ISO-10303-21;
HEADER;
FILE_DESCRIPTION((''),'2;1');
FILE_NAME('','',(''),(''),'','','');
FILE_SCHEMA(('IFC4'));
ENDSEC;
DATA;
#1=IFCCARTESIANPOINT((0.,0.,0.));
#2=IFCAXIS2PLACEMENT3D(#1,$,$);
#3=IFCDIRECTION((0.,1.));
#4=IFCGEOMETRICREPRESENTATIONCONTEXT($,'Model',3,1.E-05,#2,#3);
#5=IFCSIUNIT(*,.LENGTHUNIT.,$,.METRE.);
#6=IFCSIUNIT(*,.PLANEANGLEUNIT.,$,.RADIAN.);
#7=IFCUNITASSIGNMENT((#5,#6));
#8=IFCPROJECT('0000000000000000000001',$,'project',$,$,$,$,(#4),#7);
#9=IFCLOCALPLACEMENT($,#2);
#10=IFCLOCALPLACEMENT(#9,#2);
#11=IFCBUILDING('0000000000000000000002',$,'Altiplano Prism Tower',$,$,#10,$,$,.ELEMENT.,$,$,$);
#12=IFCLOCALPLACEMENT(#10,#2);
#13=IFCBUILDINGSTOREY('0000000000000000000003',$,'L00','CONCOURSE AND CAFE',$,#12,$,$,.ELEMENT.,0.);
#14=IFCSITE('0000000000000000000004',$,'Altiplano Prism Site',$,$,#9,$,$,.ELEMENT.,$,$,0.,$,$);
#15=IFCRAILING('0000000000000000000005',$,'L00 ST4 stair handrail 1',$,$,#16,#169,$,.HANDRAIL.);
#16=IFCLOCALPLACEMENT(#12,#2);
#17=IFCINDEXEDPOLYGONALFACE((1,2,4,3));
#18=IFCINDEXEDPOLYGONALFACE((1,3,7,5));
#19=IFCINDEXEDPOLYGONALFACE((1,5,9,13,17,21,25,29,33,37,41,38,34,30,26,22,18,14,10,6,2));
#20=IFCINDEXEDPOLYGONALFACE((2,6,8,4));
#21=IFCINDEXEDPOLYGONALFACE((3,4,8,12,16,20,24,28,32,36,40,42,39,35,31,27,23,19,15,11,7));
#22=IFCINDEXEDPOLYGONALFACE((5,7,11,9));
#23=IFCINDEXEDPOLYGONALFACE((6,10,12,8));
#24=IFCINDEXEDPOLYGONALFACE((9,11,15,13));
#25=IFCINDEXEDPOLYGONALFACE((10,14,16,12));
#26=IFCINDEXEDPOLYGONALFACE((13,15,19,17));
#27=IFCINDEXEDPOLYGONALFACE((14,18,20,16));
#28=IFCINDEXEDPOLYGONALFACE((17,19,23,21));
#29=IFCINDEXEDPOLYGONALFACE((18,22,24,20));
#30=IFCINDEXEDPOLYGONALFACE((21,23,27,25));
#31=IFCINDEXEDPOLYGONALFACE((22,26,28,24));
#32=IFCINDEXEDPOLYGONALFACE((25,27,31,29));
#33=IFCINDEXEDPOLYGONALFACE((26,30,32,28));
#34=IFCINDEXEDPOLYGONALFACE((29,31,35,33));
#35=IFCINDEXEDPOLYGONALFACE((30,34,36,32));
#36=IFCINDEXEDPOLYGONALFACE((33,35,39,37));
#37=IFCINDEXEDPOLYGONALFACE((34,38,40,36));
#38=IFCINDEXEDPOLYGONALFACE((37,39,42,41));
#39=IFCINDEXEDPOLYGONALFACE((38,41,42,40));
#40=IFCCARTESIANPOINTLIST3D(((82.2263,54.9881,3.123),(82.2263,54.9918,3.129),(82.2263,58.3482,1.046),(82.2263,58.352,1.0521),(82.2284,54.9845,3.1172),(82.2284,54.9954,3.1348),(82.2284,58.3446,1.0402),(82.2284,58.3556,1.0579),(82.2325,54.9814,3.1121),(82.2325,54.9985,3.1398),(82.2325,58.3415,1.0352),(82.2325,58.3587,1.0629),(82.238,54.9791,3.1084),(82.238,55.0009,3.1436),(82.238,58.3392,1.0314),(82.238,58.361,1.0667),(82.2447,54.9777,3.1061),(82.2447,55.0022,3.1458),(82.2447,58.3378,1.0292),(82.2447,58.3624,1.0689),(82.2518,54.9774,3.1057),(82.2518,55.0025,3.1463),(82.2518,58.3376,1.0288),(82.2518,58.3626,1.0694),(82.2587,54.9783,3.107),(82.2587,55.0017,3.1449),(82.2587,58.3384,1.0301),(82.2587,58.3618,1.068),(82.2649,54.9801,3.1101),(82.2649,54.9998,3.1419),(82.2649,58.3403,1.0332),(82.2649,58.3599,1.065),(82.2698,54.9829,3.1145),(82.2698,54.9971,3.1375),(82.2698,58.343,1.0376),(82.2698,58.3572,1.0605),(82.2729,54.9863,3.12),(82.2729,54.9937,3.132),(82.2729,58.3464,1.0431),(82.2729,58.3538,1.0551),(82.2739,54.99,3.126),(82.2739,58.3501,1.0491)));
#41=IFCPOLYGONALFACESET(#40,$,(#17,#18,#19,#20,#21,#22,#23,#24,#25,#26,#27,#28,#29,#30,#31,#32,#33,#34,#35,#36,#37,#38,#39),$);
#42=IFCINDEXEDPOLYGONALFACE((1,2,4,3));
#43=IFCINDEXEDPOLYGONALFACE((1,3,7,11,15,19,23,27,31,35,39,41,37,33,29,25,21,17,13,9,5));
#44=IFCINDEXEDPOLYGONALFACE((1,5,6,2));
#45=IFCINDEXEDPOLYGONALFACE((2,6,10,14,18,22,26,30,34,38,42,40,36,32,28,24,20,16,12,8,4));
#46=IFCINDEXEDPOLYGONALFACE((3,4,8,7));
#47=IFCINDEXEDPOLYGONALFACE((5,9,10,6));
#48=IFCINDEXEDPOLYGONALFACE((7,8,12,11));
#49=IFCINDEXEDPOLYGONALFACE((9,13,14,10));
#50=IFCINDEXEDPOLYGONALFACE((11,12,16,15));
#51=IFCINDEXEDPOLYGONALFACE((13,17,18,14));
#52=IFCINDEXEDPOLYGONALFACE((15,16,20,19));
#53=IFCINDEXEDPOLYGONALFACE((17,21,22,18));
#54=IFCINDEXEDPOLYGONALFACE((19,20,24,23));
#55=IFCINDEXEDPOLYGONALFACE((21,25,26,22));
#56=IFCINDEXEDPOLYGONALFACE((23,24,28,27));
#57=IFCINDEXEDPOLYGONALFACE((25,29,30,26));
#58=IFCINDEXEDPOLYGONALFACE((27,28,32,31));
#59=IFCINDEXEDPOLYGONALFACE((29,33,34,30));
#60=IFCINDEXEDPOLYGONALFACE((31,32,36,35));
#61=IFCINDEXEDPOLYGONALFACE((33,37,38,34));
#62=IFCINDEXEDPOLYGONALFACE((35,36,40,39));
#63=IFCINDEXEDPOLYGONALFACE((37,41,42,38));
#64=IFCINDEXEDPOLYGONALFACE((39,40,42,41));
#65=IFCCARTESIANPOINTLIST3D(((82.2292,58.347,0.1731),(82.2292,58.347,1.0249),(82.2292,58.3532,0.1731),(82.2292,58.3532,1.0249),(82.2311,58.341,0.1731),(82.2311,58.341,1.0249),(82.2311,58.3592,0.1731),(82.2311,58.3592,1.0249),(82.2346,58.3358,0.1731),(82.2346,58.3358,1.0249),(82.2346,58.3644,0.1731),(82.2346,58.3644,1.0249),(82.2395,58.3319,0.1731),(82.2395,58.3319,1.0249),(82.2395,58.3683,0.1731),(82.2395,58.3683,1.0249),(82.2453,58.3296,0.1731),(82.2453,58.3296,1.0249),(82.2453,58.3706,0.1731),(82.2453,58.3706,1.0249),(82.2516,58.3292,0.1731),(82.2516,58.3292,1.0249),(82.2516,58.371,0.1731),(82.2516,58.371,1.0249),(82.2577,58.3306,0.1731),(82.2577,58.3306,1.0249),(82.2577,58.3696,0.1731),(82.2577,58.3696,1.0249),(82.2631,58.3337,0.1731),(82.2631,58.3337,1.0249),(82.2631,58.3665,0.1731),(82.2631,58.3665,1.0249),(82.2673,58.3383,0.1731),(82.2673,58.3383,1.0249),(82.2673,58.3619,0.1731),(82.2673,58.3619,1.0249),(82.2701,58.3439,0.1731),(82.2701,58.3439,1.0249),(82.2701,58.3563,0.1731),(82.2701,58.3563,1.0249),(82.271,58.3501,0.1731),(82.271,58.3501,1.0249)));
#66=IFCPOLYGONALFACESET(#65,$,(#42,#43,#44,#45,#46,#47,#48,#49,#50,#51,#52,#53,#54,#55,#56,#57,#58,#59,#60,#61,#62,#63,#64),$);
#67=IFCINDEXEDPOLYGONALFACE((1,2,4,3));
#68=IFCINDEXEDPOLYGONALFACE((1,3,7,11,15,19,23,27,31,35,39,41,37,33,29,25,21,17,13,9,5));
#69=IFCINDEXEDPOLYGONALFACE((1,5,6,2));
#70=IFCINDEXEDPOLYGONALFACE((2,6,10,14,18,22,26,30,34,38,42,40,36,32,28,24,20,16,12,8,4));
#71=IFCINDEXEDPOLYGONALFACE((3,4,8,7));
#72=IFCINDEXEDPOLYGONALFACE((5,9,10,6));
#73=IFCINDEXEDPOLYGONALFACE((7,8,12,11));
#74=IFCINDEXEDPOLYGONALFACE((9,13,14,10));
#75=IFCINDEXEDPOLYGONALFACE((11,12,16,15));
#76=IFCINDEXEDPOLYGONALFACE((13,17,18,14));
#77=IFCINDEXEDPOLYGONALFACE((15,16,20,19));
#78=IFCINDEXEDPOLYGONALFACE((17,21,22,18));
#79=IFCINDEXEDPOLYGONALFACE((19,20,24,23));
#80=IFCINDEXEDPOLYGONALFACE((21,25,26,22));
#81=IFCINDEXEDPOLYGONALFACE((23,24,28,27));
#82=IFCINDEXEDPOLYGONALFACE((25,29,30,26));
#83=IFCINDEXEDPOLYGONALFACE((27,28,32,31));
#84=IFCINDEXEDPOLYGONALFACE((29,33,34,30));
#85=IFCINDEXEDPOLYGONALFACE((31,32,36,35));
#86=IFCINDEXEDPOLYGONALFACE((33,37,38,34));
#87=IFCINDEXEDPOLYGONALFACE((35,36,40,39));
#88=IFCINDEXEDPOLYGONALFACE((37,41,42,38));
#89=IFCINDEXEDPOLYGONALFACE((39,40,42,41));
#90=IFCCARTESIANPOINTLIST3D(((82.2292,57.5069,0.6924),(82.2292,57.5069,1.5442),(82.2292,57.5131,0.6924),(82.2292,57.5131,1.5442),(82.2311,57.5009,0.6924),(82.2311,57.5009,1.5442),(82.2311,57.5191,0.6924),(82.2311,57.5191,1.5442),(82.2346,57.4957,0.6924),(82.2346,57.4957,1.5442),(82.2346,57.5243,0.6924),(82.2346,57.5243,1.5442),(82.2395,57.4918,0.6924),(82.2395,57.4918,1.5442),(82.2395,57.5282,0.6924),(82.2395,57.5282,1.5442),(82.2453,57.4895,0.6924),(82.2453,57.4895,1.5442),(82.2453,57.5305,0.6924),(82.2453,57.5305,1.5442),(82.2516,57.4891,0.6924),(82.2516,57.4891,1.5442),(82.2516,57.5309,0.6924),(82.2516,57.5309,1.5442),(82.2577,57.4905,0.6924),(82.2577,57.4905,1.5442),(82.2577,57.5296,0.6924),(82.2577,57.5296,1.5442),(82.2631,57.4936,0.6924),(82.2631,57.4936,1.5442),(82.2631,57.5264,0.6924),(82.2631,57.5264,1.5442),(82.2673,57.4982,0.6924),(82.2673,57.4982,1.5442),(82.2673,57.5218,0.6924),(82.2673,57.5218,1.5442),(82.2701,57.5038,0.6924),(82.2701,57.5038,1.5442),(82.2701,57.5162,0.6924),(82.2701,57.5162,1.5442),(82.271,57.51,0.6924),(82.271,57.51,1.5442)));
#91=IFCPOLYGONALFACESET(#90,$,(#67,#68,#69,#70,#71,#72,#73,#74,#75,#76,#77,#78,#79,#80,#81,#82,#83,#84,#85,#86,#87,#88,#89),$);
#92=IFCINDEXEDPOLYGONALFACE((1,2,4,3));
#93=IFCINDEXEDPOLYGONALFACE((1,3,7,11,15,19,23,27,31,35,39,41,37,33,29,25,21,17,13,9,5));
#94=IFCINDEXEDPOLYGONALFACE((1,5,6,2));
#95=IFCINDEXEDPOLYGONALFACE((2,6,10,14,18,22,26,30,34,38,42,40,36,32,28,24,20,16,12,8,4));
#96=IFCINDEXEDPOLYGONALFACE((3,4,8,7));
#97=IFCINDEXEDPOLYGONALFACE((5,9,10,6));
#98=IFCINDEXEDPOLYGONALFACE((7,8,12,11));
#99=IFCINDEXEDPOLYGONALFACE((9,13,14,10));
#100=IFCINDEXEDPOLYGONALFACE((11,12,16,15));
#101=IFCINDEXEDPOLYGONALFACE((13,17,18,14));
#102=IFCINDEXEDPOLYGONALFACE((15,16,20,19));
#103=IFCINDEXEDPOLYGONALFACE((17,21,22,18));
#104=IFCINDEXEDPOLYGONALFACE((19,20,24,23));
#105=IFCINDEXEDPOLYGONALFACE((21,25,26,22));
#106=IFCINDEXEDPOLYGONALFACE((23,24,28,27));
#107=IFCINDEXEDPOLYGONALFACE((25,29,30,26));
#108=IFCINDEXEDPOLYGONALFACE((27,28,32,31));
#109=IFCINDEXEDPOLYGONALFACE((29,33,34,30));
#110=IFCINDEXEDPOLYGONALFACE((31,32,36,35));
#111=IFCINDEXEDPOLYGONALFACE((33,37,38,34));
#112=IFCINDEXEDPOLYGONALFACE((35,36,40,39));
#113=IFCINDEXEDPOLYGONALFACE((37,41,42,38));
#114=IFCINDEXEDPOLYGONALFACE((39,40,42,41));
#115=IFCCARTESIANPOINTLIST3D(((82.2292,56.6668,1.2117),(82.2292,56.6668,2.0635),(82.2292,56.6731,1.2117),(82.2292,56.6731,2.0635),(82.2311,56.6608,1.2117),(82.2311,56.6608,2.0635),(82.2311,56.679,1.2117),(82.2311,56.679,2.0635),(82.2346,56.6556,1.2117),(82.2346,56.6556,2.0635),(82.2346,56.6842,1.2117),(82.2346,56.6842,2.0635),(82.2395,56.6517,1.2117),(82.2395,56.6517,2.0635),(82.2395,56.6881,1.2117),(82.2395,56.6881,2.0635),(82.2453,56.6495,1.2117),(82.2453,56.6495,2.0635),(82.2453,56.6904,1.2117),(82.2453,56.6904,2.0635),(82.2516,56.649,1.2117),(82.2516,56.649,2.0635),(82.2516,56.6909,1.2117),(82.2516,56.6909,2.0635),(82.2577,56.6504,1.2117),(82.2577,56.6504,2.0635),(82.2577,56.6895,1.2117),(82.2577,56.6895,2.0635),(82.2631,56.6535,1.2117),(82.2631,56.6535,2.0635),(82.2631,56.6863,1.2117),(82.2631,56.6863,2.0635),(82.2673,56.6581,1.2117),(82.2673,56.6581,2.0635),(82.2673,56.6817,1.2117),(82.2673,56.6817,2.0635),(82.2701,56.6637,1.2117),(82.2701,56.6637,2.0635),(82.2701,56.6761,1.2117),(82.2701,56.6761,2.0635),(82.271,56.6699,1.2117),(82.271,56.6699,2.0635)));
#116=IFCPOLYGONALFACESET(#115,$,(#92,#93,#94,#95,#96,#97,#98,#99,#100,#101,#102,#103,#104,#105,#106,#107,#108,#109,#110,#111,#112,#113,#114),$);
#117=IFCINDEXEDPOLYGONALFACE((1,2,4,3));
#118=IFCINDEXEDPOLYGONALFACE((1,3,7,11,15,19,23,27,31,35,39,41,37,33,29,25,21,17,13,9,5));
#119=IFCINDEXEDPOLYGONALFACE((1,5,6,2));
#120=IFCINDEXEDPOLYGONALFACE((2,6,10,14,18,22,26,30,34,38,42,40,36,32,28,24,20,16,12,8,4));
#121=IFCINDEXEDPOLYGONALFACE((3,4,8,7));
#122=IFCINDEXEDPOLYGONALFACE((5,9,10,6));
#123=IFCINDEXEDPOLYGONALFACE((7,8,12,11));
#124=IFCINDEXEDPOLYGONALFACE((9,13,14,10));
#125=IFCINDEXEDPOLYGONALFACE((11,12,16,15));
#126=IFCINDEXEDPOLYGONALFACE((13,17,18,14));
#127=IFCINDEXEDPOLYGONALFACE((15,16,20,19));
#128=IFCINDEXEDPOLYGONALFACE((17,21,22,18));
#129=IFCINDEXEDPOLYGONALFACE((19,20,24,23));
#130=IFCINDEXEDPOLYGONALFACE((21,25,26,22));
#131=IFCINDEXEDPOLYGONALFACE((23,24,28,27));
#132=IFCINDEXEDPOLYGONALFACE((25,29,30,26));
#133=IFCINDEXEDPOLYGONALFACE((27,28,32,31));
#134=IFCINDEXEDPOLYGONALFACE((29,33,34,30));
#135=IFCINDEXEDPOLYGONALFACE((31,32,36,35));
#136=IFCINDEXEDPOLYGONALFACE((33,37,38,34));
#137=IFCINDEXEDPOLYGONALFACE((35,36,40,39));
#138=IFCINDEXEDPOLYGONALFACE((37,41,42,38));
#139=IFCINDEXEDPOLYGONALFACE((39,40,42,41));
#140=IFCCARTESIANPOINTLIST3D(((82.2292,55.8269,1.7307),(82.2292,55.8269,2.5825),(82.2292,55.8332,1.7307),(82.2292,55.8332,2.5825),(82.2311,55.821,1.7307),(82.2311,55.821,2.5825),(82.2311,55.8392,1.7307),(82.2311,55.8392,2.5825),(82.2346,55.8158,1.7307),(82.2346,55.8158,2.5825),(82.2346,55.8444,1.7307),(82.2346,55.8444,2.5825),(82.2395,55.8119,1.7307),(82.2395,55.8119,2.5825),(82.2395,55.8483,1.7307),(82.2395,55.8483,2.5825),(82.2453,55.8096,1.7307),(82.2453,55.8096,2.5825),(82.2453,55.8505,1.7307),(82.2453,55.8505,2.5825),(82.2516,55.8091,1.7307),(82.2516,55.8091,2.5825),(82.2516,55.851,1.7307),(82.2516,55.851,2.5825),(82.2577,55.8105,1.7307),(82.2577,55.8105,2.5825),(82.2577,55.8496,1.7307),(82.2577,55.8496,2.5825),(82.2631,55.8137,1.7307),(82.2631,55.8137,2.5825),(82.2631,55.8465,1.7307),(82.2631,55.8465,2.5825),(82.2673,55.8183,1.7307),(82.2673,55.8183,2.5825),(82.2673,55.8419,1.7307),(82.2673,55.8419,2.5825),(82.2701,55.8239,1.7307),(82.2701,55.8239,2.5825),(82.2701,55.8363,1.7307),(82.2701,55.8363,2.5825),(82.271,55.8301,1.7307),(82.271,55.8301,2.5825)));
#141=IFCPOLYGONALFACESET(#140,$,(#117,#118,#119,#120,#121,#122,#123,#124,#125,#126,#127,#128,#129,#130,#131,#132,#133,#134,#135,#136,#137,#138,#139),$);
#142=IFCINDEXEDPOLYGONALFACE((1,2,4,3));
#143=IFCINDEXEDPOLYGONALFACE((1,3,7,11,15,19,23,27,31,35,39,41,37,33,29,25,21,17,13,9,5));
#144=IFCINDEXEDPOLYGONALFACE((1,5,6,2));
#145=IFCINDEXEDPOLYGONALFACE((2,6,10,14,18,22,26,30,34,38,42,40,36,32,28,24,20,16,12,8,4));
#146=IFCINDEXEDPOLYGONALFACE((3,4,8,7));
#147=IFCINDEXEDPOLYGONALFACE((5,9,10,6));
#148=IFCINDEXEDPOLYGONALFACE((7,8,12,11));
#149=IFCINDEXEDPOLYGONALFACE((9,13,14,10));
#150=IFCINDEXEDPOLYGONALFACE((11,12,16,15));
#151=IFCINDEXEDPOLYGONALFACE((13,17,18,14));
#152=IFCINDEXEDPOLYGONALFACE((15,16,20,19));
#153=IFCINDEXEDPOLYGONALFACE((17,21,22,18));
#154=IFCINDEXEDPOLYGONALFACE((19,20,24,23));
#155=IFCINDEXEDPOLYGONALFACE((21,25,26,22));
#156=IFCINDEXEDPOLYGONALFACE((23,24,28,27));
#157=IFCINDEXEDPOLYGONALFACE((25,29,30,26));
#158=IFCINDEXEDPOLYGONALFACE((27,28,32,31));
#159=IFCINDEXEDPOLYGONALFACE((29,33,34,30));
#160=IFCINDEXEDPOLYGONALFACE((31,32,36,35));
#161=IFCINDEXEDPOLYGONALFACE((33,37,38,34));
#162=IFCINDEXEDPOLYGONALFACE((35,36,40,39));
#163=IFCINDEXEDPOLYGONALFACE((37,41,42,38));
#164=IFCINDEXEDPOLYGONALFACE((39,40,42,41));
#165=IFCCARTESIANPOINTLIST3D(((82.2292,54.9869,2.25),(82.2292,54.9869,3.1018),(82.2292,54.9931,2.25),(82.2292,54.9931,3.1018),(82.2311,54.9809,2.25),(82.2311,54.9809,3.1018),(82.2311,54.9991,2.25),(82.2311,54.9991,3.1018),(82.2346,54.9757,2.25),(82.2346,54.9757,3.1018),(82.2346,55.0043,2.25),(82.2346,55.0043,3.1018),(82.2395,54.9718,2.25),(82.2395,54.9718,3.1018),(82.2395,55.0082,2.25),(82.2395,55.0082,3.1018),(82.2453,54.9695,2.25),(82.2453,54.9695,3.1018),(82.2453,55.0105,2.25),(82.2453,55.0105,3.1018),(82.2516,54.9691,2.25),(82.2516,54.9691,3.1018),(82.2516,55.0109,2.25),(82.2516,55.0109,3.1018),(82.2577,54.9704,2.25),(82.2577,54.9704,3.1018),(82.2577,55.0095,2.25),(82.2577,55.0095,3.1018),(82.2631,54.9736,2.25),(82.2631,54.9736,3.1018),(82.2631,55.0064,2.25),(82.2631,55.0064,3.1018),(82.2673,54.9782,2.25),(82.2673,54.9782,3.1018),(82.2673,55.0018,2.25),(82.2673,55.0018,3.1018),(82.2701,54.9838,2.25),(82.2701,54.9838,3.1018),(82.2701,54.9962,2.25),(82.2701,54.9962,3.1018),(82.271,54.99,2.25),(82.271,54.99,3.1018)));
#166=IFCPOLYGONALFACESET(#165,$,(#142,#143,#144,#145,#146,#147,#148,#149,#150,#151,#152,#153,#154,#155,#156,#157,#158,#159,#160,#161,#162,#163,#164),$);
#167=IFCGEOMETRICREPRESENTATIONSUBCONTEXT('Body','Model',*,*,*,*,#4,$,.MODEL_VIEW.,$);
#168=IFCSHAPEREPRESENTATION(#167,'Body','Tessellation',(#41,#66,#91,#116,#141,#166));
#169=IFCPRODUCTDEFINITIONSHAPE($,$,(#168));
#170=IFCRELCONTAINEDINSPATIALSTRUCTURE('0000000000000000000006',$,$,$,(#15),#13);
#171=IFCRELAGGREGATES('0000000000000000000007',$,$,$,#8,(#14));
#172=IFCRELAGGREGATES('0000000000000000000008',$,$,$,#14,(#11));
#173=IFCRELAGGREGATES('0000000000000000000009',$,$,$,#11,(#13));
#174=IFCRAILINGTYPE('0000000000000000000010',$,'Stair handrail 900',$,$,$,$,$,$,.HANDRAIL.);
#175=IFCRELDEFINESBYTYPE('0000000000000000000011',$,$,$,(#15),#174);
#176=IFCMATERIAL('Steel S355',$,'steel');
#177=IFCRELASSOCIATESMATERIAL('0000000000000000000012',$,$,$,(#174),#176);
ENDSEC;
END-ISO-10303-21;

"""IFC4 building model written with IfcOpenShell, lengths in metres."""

from ifc_helpers import new_model, si_unit, direction, frame, origin, origin_2d, place, context, subcontext, project, spatial, circle, extrude, material, type_object, element, save


model = new_model("IFC4")

# Units and contexts
model_context = context("Model", 3, precision=1e-05, world=origin(), true_north=direction((0.0, 1.0)))
body_context = subcontext(model_context, "Body", "Model", "MODEL_VIEW")
ifc_project = project(units=[si_unit("LENGTHUNIT", "METRE"), si_unit("PLANEANGLEUNIT", "RADIAN")], contexts=[model_context])

# Site, building, storey
site_placement = place(None, origin())
site = spatial("IfcSite", under=ifc_project, at=site_placement, Name="Altiplano Prism Site", CompositionType="ELEMENT", RefElevation=0.0)
building_placement = place(site_placement, origin())
building = spatial("IfcBuilding", under=site, at=building_placement, Name="Altiplano Prism Tower", CompositionType="ELEMENT")
storey_placement = place(building_placement, origin())
storey = spatial("IfcBuildingStorey", under=building, at=storey_placement, Name="L00", Description="CONCOURSE AND CAFE", CompositionType="ELEMENT", Elevation=0.0)

# Railing
ifc_material_1 = material(Name="Steel S355", Category="steel")
railing_type = type_object("IfcRailingType", Name="Stair handrail 900", PredefinedType="HANDRAIL", material=ifc_material_1)
for number, where, name in (
    (1, (82.25, 58.3501, 0.1731), "L00 ST4 stair handrail 1"),
):
    element("IfcRailing", number, at=place(storey_placement, frame(where)), inside=storey, type_object=railing_type, Name=name, PredefinedType="HANDRAIL", context=body_context, shape_type="SweptSolid", body=[
        extrude(circle(Radius=0.0239, at=origin_2d()), frame((0.0, 0.0, 0.876), z_axis=(0.0, -0.850623, 0.525776), x_axis=(1.0, 0.0, 0.0)), (0.0, 0.0, 1.0), 3.9502),
        extrude(circle(Radius=0.021, at=origin_2d()), origin(), (0.0, 0.0, 1.0), 0.8518),
        extrude(circle(Radius=0.021, at=origin_2d()), frame((0.0, -0.8401, 0.5193)), (0.0, 0.0, 1.0), 0.8518),
        extrude(circle(Radius=0.021, at=origin_2d()), frame((0.0, -1.6802, 1.0386)), (0.0, 0.0, 1.0), 0.8518),
        extrude(circle(Radius=0.021, at=origin_2d()), frame((0.0, -2.52, 1.5576)), (0.0, 0.0, 1.0), 0.8518),
        extrude(circle(Radius=0.021, at=origin_2d()), frame((0.0, -3.3601, 2.0769)), (0.0, 0.0, 1.0), 0.8518),
    ])

save(model, "model.ifc")
